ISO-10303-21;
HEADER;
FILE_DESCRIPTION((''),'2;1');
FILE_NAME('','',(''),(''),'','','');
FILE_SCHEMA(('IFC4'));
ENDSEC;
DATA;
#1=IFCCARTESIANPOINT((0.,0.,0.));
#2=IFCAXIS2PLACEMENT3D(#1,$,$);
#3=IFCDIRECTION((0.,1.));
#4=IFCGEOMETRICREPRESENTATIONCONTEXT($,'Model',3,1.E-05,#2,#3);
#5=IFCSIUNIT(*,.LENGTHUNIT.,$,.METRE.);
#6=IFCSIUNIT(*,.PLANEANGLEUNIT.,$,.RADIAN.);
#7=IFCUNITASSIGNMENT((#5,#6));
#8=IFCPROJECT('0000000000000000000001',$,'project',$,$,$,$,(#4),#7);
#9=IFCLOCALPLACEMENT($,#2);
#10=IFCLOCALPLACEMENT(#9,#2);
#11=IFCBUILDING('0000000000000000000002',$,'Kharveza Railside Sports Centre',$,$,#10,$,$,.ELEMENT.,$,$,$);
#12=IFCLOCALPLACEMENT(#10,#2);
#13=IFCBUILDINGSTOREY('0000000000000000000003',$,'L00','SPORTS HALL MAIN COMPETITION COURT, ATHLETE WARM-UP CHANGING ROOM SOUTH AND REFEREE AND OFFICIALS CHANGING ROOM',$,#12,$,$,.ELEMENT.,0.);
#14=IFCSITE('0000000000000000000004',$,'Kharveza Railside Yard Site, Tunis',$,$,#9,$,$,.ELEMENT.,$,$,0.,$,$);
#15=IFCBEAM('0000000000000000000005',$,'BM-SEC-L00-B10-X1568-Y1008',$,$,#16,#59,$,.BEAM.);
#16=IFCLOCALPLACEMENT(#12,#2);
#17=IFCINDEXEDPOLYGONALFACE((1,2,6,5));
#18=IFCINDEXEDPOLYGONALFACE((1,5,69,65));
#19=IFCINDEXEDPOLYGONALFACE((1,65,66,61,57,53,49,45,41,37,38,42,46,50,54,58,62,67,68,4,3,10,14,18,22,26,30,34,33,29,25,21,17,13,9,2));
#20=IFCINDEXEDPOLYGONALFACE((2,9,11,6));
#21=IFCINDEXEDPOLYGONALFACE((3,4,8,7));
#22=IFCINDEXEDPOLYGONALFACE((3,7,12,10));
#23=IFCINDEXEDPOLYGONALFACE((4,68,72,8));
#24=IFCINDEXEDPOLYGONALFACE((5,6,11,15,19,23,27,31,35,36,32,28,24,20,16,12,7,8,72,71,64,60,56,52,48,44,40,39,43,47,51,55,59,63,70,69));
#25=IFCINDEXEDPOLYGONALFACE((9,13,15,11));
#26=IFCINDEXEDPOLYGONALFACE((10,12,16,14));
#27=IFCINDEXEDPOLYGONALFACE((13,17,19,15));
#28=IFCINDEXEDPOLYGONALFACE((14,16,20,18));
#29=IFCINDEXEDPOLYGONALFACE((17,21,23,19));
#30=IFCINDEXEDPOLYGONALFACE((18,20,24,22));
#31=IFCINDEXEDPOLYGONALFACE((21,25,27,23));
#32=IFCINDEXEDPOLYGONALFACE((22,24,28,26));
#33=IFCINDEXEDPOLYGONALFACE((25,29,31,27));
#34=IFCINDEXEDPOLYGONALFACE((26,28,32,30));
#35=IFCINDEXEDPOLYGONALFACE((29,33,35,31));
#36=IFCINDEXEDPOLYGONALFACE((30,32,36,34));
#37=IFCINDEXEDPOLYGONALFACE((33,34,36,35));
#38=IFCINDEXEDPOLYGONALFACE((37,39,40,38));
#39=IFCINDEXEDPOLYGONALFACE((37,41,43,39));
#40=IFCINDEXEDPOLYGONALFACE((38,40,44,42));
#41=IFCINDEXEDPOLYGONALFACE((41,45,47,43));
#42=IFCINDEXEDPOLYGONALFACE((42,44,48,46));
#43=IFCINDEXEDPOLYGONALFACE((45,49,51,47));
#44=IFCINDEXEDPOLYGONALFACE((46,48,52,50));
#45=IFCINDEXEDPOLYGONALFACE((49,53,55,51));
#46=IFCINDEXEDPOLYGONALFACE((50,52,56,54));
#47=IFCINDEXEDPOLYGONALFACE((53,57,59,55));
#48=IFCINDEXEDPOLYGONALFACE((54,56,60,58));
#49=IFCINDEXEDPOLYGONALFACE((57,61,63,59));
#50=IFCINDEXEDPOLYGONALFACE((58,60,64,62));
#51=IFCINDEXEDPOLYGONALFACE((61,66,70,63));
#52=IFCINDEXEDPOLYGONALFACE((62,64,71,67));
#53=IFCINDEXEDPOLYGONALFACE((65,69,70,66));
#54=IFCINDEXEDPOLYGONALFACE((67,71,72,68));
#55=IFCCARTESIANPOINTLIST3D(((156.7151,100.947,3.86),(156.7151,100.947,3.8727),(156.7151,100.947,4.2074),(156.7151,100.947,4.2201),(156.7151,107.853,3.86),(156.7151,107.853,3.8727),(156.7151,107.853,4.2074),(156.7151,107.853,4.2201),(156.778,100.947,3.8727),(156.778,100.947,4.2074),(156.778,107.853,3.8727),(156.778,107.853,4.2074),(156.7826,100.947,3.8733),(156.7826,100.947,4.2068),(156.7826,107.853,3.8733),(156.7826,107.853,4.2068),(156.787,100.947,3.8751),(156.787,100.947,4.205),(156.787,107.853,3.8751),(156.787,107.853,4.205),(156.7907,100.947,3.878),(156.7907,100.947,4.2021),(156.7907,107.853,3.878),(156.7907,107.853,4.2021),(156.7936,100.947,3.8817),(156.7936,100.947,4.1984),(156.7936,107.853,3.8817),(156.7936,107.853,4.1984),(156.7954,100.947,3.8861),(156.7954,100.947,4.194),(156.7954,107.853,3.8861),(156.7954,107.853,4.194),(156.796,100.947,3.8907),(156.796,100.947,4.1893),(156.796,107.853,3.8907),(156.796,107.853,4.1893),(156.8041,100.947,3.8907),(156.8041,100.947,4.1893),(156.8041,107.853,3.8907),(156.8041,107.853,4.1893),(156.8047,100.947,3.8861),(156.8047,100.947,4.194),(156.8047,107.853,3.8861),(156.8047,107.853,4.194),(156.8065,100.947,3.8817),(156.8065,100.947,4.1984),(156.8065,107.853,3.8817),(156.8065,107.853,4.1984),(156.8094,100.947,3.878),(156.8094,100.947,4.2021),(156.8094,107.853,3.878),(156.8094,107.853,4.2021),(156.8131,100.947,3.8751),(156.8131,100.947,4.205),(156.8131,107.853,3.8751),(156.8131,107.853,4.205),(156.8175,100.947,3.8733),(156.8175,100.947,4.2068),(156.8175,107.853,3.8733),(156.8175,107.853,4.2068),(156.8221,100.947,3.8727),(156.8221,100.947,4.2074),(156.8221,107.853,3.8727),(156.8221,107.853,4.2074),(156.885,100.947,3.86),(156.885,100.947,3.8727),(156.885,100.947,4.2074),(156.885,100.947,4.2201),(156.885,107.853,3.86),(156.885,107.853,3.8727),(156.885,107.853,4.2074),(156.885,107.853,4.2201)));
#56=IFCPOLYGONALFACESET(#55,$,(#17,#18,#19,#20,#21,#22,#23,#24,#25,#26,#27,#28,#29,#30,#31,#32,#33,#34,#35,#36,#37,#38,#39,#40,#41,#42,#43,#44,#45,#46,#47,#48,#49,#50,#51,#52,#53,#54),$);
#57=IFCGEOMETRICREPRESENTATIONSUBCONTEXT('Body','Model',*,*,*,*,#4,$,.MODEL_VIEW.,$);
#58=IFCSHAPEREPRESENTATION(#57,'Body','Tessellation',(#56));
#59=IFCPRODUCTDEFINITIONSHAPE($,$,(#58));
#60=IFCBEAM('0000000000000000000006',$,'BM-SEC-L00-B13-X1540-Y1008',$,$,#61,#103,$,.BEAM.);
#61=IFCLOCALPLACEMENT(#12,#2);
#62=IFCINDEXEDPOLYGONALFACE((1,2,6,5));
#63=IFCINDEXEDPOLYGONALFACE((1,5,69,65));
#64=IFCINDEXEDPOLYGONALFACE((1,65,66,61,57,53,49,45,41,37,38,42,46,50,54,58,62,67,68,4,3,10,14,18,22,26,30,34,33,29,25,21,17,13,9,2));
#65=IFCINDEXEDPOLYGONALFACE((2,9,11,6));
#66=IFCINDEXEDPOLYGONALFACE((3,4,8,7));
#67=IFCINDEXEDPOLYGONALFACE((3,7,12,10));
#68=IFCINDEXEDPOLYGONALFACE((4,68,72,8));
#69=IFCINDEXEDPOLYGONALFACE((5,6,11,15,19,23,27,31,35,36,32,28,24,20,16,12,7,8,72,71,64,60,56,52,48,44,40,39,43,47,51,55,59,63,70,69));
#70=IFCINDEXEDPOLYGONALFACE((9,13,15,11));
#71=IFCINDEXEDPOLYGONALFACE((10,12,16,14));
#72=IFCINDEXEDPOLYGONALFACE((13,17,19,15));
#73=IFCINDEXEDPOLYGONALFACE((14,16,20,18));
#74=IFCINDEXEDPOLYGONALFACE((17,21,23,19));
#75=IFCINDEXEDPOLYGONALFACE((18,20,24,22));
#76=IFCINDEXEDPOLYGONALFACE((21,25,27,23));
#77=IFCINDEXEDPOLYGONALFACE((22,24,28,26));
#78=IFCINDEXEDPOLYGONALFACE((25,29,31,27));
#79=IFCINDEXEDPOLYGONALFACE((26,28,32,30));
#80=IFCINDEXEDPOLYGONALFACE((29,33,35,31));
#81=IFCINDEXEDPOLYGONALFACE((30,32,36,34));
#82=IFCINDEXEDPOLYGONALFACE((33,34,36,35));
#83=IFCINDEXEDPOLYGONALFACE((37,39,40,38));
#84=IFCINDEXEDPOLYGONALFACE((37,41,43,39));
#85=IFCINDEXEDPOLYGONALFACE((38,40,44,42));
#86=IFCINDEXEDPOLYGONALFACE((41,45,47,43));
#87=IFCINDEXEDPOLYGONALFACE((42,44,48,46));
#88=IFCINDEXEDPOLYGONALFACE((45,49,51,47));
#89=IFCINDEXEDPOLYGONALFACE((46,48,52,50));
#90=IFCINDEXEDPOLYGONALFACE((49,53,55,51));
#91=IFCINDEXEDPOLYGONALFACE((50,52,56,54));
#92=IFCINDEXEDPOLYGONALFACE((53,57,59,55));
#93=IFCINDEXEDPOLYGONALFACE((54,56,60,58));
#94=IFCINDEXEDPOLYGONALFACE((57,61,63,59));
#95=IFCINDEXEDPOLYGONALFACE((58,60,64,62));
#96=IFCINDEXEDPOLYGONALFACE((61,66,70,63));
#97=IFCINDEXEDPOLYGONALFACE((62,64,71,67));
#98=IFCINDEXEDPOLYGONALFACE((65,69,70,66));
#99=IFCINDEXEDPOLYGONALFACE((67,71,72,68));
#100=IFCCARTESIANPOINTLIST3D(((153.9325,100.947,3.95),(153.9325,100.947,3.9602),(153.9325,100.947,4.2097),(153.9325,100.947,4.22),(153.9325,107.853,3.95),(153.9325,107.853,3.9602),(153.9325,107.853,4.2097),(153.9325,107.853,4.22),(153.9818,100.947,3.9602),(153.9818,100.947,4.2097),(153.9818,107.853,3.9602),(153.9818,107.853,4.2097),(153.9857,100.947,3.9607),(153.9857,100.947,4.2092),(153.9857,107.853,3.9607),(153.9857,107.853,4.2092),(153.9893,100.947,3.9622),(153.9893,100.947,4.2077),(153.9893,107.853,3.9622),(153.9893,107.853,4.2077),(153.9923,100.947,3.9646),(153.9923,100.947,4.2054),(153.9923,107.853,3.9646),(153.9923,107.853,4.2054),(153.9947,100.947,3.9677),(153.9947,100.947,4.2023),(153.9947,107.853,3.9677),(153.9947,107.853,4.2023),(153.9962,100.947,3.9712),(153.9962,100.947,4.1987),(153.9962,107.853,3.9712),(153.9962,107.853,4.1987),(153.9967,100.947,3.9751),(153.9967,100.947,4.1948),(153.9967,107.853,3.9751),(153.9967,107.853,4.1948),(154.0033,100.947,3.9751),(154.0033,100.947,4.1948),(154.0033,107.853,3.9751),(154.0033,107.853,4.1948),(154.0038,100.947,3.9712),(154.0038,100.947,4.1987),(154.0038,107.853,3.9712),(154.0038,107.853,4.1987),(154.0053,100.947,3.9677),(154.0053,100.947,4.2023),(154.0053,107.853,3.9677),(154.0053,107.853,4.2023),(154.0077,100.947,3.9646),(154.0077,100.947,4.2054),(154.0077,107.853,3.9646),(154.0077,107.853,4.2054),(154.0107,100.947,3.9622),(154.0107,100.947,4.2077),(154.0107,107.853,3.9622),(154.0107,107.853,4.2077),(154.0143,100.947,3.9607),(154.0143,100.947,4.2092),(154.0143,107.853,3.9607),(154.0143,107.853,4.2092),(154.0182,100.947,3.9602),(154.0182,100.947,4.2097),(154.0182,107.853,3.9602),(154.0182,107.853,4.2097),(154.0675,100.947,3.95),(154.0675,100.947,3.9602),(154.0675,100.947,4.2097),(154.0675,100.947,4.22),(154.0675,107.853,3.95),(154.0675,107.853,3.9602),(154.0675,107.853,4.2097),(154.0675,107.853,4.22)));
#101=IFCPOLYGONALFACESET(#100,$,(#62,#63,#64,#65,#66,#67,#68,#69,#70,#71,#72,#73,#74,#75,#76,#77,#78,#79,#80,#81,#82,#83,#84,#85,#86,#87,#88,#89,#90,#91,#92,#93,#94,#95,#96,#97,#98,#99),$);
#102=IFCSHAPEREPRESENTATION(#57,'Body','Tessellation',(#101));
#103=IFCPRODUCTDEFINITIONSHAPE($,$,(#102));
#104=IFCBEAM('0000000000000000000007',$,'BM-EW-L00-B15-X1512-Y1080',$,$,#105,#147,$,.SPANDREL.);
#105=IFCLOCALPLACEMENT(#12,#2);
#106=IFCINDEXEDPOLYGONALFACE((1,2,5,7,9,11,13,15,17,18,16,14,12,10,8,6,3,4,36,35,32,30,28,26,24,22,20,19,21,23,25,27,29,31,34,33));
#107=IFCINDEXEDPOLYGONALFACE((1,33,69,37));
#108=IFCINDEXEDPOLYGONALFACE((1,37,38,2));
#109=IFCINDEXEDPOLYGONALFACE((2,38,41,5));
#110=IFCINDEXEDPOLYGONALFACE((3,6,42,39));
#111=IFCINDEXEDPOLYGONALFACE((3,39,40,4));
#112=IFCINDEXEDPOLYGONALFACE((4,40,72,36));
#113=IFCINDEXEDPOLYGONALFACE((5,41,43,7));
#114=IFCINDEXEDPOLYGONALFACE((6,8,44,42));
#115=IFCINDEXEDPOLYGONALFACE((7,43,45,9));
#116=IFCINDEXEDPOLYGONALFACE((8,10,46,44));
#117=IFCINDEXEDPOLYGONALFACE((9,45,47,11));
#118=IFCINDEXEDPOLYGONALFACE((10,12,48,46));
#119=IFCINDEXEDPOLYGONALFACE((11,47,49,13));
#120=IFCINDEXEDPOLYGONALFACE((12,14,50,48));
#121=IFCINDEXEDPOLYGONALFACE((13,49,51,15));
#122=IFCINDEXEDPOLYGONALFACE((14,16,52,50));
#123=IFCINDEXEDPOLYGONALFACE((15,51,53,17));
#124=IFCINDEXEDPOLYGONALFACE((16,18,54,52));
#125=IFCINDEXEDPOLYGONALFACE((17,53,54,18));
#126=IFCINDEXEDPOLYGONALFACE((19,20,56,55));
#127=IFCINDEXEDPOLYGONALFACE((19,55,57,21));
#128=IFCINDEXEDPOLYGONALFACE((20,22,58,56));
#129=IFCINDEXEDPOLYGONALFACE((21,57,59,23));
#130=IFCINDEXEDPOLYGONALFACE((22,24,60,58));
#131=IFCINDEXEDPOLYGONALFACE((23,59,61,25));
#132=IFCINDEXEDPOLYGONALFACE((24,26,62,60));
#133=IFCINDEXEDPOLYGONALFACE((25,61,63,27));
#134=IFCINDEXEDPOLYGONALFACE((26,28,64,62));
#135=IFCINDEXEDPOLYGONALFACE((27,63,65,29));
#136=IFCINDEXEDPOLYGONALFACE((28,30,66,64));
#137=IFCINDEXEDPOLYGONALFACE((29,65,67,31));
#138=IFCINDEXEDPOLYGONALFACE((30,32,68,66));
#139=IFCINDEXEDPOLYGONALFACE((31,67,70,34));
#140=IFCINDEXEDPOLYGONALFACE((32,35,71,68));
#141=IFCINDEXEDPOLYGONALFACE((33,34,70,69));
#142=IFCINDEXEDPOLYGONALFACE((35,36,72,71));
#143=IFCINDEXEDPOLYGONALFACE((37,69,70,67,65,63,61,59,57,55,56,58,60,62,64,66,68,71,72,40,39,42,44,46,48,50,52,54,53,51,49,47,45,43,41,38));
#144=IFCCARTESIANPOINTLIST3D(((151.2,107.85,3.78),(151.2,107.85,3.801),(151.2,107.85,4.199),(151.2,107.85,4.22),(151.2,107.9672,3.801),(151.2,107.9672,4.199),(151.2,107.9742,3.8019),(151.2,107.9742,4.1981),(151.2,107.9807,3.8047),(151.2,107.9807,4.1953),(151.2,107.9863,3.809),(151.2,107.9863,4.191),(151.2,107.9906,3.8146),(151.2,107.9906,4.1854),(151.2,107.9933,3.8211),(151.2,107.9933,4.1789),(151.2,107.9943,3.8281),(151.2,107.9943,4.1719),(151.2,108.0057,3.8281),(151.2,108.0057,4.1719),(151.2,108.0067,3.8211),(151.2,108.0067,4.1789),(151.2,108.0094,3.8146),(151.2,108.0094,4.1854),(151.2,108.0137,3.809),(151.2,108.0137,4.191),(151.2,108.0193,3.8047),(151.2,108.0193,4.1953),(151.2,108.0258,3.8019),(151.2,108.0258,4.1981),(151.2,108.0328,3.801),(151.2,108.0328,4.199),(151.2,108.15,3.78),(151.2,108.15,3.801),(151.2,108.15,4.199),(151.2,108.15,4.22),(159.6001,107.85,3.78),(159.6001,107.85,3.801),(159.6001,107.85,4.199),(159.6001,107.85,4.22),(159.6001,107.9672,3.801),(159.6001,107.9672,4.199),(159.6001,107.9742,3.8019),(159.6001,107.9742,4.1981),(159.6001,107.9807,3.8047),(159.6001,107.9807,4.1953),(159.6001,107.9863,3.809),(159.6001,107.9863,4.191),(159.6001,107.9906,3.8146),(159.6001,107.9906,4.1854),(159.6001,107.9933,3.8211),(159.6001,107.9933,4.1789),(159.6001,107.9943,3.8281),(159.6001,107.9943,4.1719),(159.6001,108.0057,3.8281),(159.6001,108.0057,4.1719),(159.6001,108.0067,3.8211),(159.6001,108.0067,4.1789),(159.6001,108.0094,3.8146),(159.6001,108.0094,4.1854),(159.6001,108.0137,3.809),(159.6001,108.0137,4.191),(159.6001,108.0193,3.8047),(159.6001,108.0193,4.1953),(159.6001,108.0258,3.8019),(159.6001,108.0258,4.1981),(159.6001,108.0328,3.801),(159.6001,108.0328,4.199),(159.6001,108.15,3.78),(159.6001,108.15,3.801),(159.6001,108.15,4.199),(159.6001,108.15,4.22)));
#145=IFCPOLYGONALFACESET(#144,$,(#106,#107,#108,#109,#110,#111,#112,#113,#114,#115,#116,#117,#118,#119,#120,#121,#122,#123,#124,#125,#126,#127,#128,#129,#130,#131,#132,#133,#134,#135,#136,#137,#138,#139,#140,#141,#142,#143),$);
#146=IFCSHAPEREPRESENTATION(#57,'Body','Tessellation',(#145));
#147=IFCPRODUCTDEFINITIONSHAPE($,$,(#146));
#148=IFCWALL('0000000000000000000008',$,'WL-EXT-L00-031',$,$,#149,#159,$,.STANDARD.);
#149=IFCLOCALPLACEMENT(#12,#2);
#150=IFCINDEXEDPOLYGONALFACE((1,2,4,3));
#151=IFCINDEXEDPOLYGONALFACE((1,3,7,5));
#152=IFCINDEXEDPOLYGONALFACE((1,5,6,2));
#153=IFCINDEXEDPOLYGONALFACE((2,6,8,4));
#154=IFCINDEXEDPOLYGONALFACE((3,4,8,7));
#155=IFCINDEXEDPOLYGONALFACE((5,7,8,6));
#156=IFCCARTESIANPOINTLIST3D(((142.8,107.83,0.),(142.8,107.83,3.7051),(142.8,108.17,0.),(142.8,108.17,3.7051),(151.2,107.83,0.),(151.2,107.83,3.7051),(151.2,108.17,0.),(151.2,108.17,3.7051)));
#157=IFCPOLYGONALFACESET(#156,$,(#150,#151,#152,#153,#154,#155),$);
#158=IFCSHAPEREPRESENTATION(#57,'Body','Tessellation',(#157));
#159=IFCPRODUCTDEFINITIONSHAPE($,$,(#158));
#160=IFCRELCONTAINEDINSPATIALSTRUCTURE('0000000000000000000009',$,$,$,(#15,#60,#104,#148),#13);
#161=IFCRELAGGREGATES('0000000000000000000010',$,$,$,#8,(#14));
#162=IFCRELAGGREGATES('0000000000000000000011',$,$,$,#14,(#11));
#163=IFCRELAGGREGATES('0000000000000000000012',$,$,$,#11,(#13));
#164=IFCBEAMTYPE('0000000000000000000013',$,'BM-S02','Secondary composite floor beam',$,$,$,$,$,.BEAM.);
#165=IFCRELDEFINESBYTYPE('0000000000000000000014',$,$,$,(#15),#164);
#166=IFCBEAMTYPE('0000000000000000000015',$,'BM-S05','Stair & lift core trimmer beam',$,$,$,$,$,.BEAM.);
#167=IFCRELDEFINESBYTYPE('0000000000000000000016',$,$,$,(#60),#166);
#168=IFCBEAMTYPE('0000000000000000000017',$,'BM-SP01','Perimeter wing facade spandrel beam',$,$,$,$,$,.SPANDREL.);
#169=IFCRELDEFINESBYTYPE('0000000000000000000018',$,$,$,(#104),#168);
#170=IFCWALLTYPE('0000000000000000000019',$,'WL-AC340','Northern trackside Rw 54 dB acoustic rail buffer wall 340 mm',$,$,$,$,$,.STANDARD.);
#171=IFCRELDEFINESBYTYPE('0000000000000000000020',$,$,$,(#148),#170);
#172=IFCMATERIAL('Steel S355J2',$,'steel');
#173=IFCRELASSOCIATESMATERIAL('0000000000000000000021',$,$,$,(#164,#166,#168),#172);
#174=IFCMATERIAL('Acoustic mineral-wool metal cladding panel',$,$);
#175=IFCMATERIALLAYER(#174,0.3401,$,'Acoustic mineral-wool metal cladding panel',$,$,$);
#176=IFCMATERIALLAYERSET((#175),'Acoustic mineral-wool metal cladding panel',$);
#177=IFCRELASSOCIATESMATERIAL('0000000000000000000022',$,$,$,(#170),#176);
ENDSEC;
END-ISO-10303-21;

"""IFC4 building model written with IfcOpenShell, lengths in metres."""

from ifc_helpers import new_model, si_unit, direction, frame, frame_2d, origin, origin_2d, place, context, subcontext, project, spatial, rectangle, i_section, extrude, material, layer, layer_set, material_profile, profile_set, type_object, element, save


model = new_model("IFC4")

# Units and contexts
model_context = context("Model", 3, precision=1e-05, world=origin(), true_north=direction((0.0, 1.0)))
body_context = subcontext(model_context, "Body", "Model", "MODEL_VIEW")
ifc_project = project(units=[si_unit("LENGTHUNIT", "METRE"), si_unit("PLANEANGLEUNIT", "RADIAN")], contexts=[model_context])

# Site, building, storey
site_placement = place(None, origin())
site = spatial("IfcSite", under=ifc_project, at=site_placement, Name="Kharveza Railside Yard Site, Tunis", CompositionType="ELEMENT", RefElevation=0.0)
building_placement = place(site_placement, origin())
building = spatial("IfcBuilding", under=site, at=building_placement, Name="Kharveza Railside Sports Centre", CompositionType="ELEMENT")
storey_placement = place(building_placement, origin())
storey = spatial("IfcBuildingStorey", under=building, at=storey_placement, Name="L00", Description="SPORTS HALL MAIN COMPETITION COURT, ATHLETE WARM-UP CHANGING ROOM SOUTH AND REFEREE AND OFFICIALS CHANGING ROOM", CompositionType="ELEMENT", Elevation=0.0)

# Shared definitions
ifc_material_1 = material(Name="Steel S355J2", Category="steel")

# Beams
ifc_material_profile_1 = material_profile(ifc_material_1, i_section(OverallWidth=0.1699, OverallDepth=0.3601, WebThickness=0.0081, FlangeThickness=0.0127, FilletRadius=0.0181, at=origin_2d()), Name="IPE 360")
ifc_profile_set_1 = profile_set([ifc_material_profile_1], Name="Steel S355J2")
beam_type_1 = type_object("IfcBeamType", Name="BM-S02", Description="Secondary composite floor beam", PredefinedType="BEAM", material=ifc_profile_set_1)
beam_1_placement = place(storey_placement, frame((156.8, 100.947, 4.04), z_axis=(0.0, 1.0, 0.0), x_axis=(-1.0, 0.0, 0.0)))
element("IfcBeam", 1, at=beam_1_placement, inside=storey, type_object=beam_type_1, Name="BM-SEC-L00-B10-X1568-Y1008", PredefinedType="BEAM", context=body_context, shape_type="SweptSolid", body=[
    extrude(i_section(OverallWidth=0.1699, OverallDepth=0.3601, WebThickness=0.0081, FlangeThickness=0.0127, FilletRadius=0.0181, at=origin_2d()), origin(), (0.0, 0.0, 1.0), 6.906),
])
ifc_material_profile_2 = material_profile(ifc_material_1, i_section(OverallWidth=0.135, OverallDepth=0.27, WebThickness=0.0066, FlangeThickness=0.0103, FilletRadius=0.0149, at=origin_2d()), Name="IPE 270")
ifc_profile_set_2 = profile_set([ifc_material_profile_2], Name="Steel S355J2")
beam_type_2 = type_object("IfcBeamType", Name="BM-S05", Description="Stair & lift core trimmer beam", PredefinedType="BEAM", material=ifc_profile_set_2)
beam_2_placement = place(storey_placement, frame((154.0, 100.947, 4.085), z_axis=(0.0, 1.0, 0.0), x_axis=(-1.0, 0.0, 0.0)))
element("IfcBeam", 2, at=beam_2_placement, inside=storey, type_object=beam_type_2, Name="BM-SEC-L00-B13-X1540-Y1008", PredefinedType="BEAM", context=body_context, shape_type="SweptSolid", body=[
    extrude(i_section(OverallWidth=0.135, OverallDepth=0.27, WebThickness=0.0066, FlangeThickness=0.0103, FilletRadius=0.0149, at=origin_2d()), origin(), (0.0, 0.0, 1.0), 6.906),
])
ifc_material_profile_3 = material_profile(ifc_material_1, i_section(OverallWidth=0.3, OverallDepth=0.4399, WebThickness=0.0115, FlangeThickness=0.021, FilletRadius=0.0271, at=origin_2d()), Name="HEA 450")
ifc_profile_set_3 = profile_set([ifc_material_profile_3], Name="Steel S355J2")
beam_type_3 = type_object("IfcBeamType", Name="BM-SP01", Description="Perimeter wing facade spandrel beam", PredefinedType="SPANDREL", material=ifc_profile_set_3)
beam_3_placement = place(storey_placement, frame((151.2, 108.0, 4.0), z_axis=(1.0, 0.0, 0.0), x_axis=(0.0, 1.0, 0.0)))
element("IfcBeam", 3, at=beam_3_placement, inside=storey, type_object=beam_type_3, Name="BM-EW-L00-B15-X1512-Y1080", PredefinedType="SPANDREL", context=body_context, shape_type="SweptSolid", body=[
    extrude(i_section(OverallWidth=0.3, OverallDepth=0.4399, WebThickness=0.0115, FlangeThickness=0.021, FilletRadius=0.0271, at=origin_2d()), origin(), (0.0, 0.0, 1.0), 8.4001),
])

# Wall
ifc_material_2 = material(Name="Acoustic mineral-wool metal cladding panel")
ifc_layer = layer(ifc_material_2, 0.3401, Name="Acoustic mineral-wool metal cladding panel")
ifc_layer_set = layer_set([ifc_layer], Name="Acoustic mineral-wool metal cladding panel")
wall_type = type_object("IfcWallType", Name="WL-AC340", Description="Northern trackside Rw 54 dB acoustic rail buffer wall 340 mm", PredefinedType="STANDARD", material=ifc_layer_set)
wall_placement = place(storey_placement, frame((151.2, 108.0, 0.0), z_axis=(0.0, 0.0, 1.0), x_axis=(-1.0, 0.0, 0.0)))
element("IfcWall", 4, at=wall_placement, inside=storey, type_object=wall_type, Name="WL-EXT-L00-031", PredefinedType="STANDARD", context=body_context, shape_type="SweptSolid", body=[
    extrude(rectangle(XDim=8.3999, YDim=0.3401, at=frame_2d((4.2, 0.0))), origin(), (0.0, 0.0, 1.0), 3.7051),
])

save(model, "model.ifc")
